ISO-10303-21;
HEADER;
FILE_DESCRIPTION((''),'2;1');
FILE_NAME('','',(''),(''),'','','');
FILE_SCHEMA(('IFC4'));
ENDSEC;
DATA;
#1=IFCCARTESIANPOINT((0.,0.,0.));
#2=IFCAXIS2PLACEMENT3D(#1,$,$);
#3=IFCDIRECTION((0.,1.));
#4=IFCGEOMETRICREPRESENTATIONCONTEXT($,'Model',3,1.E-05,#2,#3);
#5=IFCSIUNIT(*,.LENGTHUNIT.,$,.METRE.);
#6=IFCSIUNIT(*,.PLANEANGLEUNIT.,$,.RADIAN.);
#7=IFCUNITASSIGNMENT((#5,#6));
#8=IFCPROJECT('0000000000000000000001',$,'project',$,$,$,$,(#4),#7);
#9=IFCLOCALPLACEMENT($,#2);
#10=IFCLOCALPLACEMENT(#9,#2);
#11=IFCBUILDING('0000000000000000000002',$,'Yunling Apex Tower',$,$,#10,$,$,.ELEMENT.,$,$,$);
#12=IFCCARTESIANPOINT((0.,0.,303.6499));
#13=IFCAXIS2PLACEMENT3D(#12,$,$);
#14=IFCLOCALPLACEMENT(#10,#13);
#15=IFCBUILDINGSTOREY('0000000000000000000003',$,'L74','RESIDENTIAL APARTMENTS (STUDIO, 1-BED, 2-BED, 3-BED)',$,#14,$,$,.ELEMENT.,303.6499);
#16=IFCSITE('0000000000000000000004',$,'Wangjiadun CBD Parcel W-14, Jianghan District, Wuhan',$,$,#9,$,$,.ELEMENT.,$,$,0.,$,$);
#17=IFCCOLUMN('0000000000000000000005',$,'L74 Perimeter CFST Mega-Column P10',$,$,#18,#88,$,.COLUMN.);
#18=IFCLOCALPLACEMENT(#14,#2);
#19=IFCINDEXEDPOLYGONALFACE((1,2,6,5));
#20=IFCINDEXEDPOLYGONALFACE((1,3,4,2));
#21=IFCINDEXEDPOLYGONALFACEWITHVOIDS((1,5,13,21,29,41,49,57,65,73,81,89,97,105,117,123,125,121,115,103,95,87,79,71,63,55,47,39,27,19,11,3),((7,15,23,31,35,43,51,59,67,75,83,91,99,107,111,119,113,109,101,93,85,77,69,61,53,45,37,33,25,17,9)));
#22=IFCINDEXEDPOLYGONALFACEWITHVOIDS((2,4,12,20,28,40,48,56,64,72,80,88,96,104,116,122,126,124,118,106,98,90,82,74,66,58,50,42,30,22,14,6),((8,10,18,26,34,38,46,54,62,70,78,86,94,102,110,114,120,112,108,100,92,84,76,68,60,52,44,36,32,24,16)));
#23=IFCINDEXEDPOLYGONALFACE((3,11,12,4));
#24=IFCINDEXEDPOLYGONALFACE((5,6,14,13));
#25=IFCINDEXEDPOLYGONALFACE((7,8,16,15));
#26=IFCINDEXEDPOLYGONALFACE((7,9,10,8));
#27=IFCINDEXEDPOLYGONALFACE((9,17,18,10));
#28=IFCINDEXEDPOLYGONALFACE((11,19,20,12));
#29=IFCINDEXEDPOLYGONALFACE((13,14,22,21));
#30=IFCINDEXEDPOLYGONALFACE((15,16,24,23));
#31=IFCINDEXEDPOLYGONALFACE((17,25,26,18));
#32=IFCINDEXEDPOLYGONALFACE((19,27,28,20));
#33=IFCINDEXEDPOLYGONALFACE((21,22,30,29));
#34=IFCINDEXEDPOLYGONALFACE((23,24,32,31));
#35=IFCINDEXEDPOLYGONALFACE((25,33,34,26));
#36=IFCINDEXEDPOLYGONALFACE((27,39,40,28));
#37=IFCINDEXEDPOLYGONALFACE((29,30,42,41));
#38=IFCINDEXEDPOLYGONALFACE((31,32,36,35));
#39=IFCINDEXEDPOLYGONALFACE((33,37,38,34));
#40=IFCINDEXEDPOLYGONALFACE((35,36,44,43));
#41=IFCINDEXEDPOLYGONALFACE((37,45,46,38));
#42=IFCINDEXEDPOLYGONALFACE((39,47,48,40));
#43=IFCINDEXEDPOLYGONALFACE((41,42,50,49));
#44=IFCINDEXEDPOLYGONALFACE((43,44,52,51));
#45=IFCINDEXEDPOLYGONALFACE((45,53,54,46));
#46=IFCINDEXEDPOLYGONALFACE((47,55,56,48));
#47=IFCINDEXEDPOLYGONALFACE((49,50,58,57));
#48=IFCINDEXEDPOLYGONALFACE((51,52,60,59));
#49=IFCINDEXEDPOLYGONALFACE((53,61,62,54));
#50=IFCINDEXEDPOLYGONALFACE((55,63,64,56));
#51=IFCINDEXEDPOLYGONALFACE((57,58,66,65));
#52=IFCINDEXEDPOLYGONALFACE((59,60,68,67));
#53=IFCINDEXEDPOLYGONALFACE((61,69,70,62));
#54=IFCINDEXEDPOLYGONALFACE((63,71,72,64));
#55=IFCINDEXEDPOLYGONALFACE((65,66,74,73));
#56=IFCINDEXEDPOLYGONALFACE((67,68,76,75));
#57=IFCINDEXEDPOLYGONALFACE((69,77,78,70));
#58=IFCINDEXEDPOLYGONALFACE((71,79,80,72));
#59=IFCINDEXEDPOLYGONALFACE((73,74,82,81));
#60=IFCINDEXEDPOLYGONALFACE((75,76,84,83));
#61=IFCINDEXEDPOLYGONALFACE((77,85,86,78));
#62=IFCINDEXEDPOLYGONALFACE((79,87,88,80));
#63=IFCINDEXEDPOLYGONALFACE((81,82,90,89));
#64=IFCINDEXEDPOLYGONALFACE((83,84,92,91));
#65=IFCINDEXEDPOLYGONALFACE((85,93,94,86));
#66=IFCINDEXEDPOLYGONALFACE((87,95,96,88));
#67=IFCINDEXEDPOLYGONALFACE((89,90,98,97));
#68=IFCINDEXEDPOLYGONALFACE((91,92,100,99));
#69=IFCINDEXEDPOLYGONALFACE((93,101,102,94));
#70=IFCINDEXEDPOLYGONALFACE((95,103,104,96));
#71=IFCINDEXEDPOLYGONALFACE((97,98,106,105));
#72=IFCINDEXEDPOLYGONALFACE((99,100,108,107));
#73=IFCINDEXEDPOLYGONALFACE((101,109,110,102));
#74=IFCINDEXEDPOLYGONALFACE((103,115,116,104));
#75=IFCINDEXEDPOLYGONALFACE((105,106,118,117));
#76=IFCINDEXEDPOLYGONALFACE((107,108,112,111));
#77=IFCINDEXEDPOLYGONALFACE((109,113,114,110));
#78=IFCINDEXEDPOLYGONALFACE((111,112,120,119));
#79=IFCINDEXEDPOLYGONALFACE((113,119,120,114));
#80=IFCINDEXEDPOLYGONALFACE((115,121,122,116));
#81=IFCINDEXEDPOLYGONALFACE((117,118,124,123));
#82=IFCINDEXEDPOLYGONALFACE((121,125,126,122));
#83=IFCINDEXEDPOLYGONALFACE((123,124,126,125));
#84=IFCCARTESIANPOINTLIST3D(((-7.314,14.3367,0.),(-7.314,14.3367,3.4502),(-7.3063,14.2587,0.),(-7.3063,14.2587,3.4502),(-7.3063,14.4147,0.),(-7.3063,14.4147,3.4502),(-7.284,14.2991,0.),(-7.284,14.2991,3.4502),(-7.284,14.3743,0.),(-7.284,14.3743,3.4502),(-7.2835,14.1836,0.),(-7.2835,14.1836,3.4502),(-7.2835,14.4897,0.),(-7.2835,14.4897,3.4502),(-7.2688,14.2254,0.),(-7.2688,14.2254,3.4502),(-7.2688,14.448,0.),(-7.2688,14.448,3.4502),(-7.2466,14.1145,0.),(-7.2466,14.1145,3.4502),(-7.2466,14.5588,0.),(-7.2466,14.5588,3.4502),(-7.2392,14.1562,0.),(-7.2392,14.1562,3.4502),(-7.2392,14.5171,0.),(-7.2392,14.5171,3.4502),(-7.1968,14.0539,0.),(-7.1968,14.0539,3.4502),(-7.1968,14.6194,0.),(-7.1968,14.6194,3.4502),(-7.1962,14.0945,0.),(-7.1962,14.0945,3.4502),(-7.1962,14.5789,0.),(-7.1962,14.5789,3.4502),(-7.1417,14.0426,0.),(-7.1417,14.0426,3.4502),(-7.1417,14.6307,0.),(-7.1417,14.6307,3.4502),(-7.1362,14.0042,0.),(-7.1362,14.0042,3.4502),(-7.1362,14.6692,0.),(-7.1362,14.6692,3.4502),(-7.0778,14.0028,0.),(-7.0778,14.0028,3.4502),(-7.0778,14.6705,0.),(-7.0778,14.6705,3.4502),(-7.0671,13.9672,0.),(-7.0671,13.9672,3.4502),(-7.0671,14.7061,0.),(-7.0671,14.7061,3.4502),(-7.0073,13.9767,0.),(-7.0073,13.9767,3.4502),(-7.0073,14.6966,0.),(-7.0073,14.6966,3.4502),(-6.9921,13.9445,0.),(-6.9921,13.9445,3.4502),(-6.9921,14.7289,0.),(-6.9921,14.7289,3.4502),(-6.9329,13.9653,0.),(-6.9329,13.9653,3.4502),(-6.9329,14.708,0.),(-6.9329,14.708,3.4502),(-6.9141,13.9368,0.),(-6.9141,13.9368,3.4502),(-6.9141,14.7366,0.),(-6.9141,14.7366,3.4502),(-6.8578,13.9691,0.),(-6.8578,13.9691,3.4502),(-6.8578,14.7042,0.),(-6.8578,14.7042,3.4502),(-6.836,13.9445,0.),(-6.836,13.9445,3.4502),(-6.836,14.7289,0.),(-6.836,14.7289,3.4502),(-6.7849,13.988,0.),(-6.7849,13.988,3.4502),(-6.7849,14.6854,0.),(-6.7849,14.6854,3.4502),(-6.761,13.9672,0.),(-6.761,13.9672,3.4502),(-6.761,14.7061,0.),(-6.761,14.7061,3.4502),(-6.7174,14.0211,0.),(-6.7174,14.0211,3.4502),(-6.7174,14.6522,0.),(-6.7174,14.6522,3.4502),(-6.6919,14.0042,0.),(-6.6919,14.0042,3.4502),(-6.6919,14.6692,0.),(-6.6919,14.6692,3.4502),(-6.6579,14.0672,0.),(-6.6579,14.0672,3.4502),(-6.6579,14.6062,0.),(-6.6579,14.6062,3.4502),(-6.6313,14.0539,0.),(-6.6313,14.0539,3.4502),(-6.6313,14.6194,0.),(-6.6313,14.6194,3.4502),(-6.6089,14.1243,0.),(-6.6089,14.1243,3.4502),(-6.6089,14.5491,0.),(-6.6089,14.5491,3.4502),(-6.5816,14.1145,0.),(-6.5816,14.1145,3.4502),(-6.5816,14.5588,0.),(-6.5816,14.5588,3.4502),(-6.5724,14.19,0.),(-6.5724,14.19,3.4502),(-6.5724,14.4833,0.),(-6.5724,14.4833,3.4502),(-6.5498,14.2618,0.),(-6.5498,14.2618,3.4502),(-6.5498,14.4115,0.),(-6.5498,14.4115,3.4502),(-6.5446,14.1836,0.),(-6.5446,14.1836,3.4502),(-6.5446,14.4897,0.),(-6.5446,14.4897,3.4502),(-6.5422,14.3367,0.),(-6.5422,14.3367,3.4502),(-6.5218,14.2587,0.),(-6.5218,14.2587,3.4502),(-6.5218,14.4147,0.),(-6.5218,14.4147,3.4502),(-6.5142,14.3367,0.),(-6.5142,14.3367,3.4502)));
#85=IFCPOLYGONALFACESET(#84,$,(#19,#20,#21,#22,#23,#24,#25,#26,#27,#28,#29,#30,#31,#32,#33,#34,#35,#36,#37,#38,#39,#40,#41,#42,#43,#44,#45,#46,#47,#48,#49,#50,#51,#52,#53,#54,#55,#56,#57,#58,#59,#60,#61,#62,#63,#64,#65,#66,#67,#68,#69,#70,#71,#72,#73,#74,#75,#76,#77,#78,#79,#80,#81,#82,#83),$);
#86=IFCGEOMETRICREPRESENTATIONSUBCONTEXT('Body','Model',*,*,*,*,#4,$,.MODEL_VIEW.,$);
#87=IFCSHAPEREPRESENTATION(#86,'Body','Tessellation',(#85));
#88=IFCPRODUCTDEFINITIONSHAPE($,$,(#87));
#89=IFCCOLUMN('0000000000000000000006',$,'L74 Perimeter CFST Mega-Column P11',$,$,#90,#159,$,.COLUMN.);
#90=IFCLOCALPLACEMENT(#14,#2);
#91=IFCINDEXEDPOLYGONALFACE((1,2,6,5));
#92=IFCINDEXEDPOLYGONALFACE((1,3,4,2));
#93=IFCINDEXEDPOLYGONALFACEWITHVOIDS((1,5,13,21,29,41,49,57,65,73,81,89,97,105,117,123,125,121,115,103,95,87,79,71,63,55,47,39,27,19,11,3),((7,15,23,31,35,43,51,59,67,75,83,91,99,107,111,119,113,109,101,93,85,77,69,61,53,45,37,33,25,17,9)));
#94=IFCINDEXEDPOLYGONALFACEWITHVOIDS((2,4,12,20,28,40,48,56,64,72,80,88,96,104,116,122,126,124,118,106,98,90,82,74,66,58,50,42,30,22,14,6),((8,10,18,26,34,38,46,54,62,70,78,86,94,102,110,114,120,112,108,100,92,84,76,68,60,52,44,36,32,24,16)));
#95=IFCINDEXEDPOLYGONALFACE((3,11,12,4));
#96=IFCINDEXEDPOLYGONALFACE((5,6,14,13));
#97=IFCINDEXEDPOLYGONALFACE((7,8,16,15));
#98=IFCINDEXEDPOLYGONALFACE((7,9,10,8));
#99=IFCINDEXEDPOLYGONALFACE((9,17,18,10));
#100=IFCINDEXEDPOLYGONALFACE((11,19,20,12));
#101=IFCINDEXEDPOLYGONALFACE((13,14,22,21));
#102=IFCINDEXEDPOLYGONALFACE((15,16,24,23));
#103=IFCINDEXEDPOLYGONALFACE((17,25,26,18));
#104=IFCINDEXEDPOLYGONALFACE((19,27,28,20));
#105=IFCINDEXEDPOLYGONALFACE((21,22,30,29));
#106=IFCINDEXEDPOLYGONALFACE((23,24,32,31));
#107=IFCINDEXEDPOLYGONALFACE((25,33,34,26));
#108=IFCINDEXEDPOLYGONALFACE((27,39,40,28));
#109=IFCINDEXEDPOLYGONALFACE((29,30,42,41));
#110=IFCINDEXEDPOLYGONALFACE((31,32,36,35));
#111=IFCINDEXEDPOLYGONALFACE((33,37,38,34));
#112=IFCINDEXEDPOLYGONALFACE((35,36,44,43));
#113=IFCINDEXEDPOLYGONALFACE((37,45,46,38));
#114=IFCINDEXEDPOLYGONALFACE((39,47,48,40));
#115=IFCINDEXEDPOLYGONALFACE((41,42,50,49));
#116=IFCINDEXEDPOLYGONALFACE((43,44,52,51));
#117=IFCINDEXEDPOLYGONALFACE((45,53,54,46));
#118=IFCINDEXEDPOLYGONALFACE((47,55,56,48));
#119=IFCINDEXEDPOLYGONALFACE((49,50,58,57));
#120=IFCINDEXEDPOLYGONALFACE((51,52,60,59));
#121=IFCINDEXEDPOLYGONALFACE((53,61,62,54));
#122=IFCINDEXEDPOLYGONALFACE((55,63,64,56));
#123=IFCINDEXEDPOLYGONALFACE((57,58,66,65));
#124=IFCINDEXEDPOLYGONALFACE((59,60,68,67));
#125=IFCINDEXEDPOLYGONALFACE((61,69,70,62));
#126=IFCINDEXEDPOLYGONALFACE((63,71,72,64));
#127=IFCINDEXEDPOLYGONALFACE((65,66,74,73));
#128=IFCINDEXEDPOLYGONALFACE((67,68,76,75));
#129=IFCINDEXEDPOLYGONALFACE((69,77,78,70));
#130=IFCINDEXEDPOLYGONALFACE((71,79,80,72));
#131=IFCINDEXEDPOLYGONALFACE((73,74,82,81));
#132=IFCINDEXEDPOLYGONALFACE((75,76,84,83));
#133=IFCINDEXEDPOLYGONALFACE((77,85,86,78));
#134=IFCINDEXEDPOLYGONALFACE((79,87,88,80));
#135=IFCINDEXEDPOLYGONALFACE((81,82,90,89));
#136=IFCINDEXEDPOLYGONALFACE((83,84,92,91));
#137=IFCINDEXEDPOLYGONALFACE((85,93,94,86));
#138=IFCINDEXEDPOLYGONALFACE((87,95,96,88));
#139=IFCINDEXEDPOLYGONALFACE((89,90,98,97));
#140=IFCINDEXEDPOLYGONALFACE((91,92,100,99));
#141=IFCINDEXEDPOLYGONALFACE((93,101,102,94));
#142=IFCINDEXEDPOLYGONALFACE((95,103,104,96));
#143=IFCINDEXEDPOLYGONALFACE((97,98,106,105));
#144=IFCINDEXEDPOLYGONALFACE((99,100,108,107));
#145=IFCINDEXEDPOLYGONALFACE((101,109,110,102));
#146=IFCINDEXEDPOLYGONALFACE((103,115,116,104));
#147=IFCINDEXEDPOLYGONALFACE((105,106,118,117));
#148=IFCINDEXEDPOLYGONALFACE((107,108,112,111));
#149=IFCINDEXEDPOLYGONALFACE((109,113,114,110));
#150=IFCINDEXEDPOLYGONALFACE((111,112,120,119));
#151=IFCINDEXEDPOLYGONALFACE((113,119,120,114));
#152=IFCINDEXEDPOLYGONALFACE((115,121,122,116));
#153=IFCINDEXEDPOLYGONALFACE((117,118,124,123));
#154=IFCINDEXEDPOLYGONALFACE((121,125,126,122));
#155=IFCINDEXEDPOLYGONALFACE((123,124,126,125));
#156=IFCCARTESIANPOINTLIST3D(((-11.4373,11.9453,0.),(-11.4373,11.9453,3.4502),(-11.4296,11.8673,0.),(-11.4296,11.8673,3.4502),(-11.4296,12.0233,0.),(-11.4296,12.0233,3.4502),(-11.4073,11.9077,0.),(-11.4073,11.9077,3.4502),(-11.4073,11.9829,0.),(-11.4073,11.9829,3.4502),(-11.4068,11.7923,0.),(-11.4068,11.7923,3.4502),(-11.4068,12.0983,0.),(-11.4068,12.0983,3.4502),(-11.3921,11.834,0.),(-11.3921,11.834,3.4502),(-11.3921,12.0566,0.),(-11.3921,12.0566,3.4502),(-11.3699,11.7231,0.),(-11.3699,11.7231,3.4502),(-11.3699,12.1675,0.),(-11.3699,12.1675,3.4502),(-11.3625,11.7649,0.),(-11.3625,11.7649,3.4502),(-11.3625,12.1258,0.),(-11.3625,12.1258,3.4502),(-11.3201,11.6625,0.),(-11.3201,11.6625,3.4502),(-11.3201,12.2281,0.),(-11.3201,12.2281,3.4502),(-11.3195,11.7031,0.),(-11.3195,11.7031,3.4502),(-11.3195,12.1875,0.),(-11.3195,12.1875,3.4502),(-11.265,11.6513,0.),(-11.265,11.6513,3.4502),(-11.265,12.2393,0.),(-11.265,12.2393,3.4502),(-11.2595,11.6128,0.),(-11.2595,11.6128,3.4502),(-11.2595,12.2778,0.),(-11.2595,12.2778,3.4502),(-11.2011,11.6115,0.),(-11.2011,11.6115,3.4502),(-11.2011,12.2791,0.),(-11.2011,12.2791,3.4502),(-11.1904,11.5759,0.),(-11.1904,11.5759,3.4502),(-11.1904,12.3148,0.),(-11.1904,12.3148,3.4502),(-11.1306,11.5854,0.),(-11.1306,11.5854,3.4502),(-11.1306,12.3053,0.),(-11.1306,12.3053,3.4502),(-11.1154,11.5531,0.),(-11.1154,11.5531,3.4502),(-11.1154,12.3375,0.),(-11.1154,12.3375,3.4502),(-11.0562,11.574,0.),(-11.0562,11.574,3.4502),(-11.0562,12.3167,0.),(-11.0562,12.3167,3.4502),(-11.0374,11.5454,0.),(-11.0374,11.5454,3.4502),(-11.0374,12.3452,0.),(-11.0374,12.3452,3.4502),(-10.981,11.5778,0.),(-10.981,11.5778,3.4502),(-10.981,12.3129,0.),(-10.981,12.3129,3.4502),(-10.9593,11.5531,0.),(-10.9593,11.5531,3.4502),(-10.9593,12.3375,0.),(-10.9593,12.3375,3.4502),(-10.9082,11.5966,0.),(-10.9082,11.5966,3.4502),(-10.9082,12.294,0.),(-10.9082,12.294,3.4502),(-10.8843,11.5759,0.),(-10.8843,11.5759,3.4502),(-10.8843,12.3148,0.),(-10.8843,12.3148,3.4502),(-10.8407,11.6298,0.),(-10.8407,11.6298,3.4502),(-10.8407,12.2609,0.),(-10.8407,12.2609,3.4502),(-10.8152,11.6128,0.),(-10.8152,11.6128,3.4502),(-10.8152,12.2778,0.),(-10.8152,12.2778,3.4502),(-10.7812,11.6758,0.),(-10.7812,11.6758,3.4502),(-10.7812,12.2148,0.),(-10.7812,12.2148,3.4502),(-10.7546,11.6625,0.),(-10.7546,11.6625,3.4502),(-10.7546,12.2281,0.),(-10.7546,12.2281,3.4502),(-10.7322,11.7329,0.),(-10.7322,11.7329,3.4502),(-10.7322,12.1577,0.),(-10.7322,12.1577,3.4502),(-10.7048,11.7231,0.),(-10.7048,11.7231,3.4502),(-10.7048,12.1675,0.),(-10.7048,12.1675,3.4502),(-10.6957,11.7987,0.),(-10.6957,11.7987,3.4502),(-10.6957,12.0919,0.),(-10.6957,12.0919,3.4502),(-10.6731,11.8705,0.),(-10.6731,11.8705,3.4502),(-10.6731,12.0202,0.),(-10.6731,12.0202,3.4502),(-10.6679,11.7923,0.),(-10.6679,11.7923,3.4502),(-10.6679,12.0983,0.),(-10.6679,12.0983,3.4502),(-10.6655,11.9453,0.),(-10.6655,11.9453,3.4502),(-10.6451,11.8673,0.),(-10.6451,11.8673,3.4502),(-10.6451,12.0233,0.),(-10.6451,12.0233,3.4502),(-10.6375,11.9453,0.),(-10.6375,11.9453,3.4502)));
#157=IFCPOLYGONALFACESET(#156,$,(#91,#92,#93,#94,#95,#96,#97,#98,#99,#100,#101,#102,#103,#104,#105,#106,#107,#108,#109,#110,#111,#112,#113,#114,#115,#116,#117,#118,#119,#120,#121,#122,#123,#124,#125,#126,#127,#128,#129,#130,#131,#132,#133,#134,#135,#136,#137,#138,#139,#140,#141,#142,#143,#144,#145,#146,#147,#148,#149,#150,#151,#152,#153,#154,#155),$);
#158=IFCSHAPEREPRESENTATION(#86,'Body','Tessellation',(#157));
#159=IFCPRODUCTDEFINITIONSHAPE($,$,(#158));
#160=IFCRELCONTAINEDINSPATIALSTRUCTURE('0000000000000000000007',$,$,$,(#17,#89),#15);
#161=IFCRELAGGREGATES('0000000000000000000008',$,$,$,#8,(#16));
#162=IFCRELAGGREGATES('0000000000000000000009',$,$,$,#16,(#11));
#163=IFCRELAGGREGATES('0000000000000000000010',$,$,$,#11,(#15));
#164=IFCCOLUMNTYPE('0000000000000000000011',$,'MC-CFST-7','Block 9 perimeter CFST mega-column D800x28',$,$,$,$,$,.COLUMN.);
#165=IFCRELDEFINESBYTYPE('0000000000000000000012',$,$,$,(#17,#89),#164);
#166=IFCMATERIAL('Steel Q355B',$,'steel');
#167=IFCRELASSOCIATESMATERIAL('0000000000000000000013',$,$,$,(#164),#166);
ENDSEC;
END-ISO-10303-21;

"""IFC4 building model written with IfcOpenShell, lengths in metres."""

from ifc_helpers import new_model, si_unit, direction, frame, origin, origin_2d, place, context, subcontext, project, spatial, hollow_circle, extrude, source, transform, mapped, material, material_profile, profile_set, type_object, element, save


model = new_model("IFC4")

# Units and contexts
model_context = context("Model", 3, precision=1e-05, world=origin(), true_north=direction((0.0, 1.0)))
body_context = subcontext(model_context, "Body", "Model", "MODEL_VIEW")
ifc_project = project(units=[si_unit("LENGTHUNIT", "METRE"), si_unit("PLANEANGLEUNIT", "RADIAN")], contexts=[model_context])

# Site, building, storey
site_placement = place(None, origin())
site = spatial("IfcSite", under=ifc_project, at=site_placement, Name="Wangjiadun CBD Parcel W-14, Jianghan District, Wuhan", CompositionType="ELEMENT", RefElevation=0.0)
building_placement = place(site_placement, origin())
building = spatial("IfcBuilding", under=site, at=building_placement, Name="Yunling Apex Tower", CompositionType="ELEMENT")
storey_placement = place(building_placement, frame((0.0, 0.0, 303.6499)))
storey = spatial("IfcBuildingStorey", under=building, at=storey_placement, Name="L74", Description="RESIDENTIAL APARTMENTS (STUDIO, 1-BED, 2-BED, 3-BED)", CompositionType="ELEMENT", Elevation=303.6499)

# Columns
ifc_material_1 = material(Name="Steel Q355B", Category="steel")
ifc_material_profile_1 = material_profile(ifc_material_1, hollow_circle(Radius=0.3999, WallThickness=0.0281, at=origin_2d()))
ifc_profile_set_1 = profile_set([ifc_material_profile_1], Name="Steel Q355B")
column_type = type_object("IfcColumnType", Name="MC-CFST-7", Description="Block 9 perimeter CFST mega-column D800x28", PredefinedType="COLUMN", material=ifc_profile_set_1)
shared_shape_1 = source(origin(), body_context, "Body", "SweptSolid", [
    extrude(hollow_circle(Radius=0.3999, WallThickness=0.0281, at=origin_2d()), origin(), (0.0, 0.0, 1.0), 3.4502),
])
for number, where, z_axis, x_axis, name in (
    (1, (-6.9141, 14.3367, 0.0), (0.0, 0.0, 1.0), (1.0, 0.0, 0.0), "L74 Perimeter CFST Mega-Column P10"),
    (2, (-11.0374, 11.9453, 0.0), (0.0, 0.0, 1.0), (1.0, 0.0, 0.0), "L74 Perimeter CFST Mega-Column P11"),
):
    element("IfcColumn", number, at=place(storey_placement, frame(where, z_axis=z_axis, x_axis=x_axis)), inside=storey, type_object=column_type, Name=name, PredefinedType="COLUMN", context=body_context, shape_type="MappedRepresentation", body=[
        mapped(shared_shape_1, transform((0.0, 0.0, 0.0), scale=1.0)),
    ])

save(model, "model.ifc")
